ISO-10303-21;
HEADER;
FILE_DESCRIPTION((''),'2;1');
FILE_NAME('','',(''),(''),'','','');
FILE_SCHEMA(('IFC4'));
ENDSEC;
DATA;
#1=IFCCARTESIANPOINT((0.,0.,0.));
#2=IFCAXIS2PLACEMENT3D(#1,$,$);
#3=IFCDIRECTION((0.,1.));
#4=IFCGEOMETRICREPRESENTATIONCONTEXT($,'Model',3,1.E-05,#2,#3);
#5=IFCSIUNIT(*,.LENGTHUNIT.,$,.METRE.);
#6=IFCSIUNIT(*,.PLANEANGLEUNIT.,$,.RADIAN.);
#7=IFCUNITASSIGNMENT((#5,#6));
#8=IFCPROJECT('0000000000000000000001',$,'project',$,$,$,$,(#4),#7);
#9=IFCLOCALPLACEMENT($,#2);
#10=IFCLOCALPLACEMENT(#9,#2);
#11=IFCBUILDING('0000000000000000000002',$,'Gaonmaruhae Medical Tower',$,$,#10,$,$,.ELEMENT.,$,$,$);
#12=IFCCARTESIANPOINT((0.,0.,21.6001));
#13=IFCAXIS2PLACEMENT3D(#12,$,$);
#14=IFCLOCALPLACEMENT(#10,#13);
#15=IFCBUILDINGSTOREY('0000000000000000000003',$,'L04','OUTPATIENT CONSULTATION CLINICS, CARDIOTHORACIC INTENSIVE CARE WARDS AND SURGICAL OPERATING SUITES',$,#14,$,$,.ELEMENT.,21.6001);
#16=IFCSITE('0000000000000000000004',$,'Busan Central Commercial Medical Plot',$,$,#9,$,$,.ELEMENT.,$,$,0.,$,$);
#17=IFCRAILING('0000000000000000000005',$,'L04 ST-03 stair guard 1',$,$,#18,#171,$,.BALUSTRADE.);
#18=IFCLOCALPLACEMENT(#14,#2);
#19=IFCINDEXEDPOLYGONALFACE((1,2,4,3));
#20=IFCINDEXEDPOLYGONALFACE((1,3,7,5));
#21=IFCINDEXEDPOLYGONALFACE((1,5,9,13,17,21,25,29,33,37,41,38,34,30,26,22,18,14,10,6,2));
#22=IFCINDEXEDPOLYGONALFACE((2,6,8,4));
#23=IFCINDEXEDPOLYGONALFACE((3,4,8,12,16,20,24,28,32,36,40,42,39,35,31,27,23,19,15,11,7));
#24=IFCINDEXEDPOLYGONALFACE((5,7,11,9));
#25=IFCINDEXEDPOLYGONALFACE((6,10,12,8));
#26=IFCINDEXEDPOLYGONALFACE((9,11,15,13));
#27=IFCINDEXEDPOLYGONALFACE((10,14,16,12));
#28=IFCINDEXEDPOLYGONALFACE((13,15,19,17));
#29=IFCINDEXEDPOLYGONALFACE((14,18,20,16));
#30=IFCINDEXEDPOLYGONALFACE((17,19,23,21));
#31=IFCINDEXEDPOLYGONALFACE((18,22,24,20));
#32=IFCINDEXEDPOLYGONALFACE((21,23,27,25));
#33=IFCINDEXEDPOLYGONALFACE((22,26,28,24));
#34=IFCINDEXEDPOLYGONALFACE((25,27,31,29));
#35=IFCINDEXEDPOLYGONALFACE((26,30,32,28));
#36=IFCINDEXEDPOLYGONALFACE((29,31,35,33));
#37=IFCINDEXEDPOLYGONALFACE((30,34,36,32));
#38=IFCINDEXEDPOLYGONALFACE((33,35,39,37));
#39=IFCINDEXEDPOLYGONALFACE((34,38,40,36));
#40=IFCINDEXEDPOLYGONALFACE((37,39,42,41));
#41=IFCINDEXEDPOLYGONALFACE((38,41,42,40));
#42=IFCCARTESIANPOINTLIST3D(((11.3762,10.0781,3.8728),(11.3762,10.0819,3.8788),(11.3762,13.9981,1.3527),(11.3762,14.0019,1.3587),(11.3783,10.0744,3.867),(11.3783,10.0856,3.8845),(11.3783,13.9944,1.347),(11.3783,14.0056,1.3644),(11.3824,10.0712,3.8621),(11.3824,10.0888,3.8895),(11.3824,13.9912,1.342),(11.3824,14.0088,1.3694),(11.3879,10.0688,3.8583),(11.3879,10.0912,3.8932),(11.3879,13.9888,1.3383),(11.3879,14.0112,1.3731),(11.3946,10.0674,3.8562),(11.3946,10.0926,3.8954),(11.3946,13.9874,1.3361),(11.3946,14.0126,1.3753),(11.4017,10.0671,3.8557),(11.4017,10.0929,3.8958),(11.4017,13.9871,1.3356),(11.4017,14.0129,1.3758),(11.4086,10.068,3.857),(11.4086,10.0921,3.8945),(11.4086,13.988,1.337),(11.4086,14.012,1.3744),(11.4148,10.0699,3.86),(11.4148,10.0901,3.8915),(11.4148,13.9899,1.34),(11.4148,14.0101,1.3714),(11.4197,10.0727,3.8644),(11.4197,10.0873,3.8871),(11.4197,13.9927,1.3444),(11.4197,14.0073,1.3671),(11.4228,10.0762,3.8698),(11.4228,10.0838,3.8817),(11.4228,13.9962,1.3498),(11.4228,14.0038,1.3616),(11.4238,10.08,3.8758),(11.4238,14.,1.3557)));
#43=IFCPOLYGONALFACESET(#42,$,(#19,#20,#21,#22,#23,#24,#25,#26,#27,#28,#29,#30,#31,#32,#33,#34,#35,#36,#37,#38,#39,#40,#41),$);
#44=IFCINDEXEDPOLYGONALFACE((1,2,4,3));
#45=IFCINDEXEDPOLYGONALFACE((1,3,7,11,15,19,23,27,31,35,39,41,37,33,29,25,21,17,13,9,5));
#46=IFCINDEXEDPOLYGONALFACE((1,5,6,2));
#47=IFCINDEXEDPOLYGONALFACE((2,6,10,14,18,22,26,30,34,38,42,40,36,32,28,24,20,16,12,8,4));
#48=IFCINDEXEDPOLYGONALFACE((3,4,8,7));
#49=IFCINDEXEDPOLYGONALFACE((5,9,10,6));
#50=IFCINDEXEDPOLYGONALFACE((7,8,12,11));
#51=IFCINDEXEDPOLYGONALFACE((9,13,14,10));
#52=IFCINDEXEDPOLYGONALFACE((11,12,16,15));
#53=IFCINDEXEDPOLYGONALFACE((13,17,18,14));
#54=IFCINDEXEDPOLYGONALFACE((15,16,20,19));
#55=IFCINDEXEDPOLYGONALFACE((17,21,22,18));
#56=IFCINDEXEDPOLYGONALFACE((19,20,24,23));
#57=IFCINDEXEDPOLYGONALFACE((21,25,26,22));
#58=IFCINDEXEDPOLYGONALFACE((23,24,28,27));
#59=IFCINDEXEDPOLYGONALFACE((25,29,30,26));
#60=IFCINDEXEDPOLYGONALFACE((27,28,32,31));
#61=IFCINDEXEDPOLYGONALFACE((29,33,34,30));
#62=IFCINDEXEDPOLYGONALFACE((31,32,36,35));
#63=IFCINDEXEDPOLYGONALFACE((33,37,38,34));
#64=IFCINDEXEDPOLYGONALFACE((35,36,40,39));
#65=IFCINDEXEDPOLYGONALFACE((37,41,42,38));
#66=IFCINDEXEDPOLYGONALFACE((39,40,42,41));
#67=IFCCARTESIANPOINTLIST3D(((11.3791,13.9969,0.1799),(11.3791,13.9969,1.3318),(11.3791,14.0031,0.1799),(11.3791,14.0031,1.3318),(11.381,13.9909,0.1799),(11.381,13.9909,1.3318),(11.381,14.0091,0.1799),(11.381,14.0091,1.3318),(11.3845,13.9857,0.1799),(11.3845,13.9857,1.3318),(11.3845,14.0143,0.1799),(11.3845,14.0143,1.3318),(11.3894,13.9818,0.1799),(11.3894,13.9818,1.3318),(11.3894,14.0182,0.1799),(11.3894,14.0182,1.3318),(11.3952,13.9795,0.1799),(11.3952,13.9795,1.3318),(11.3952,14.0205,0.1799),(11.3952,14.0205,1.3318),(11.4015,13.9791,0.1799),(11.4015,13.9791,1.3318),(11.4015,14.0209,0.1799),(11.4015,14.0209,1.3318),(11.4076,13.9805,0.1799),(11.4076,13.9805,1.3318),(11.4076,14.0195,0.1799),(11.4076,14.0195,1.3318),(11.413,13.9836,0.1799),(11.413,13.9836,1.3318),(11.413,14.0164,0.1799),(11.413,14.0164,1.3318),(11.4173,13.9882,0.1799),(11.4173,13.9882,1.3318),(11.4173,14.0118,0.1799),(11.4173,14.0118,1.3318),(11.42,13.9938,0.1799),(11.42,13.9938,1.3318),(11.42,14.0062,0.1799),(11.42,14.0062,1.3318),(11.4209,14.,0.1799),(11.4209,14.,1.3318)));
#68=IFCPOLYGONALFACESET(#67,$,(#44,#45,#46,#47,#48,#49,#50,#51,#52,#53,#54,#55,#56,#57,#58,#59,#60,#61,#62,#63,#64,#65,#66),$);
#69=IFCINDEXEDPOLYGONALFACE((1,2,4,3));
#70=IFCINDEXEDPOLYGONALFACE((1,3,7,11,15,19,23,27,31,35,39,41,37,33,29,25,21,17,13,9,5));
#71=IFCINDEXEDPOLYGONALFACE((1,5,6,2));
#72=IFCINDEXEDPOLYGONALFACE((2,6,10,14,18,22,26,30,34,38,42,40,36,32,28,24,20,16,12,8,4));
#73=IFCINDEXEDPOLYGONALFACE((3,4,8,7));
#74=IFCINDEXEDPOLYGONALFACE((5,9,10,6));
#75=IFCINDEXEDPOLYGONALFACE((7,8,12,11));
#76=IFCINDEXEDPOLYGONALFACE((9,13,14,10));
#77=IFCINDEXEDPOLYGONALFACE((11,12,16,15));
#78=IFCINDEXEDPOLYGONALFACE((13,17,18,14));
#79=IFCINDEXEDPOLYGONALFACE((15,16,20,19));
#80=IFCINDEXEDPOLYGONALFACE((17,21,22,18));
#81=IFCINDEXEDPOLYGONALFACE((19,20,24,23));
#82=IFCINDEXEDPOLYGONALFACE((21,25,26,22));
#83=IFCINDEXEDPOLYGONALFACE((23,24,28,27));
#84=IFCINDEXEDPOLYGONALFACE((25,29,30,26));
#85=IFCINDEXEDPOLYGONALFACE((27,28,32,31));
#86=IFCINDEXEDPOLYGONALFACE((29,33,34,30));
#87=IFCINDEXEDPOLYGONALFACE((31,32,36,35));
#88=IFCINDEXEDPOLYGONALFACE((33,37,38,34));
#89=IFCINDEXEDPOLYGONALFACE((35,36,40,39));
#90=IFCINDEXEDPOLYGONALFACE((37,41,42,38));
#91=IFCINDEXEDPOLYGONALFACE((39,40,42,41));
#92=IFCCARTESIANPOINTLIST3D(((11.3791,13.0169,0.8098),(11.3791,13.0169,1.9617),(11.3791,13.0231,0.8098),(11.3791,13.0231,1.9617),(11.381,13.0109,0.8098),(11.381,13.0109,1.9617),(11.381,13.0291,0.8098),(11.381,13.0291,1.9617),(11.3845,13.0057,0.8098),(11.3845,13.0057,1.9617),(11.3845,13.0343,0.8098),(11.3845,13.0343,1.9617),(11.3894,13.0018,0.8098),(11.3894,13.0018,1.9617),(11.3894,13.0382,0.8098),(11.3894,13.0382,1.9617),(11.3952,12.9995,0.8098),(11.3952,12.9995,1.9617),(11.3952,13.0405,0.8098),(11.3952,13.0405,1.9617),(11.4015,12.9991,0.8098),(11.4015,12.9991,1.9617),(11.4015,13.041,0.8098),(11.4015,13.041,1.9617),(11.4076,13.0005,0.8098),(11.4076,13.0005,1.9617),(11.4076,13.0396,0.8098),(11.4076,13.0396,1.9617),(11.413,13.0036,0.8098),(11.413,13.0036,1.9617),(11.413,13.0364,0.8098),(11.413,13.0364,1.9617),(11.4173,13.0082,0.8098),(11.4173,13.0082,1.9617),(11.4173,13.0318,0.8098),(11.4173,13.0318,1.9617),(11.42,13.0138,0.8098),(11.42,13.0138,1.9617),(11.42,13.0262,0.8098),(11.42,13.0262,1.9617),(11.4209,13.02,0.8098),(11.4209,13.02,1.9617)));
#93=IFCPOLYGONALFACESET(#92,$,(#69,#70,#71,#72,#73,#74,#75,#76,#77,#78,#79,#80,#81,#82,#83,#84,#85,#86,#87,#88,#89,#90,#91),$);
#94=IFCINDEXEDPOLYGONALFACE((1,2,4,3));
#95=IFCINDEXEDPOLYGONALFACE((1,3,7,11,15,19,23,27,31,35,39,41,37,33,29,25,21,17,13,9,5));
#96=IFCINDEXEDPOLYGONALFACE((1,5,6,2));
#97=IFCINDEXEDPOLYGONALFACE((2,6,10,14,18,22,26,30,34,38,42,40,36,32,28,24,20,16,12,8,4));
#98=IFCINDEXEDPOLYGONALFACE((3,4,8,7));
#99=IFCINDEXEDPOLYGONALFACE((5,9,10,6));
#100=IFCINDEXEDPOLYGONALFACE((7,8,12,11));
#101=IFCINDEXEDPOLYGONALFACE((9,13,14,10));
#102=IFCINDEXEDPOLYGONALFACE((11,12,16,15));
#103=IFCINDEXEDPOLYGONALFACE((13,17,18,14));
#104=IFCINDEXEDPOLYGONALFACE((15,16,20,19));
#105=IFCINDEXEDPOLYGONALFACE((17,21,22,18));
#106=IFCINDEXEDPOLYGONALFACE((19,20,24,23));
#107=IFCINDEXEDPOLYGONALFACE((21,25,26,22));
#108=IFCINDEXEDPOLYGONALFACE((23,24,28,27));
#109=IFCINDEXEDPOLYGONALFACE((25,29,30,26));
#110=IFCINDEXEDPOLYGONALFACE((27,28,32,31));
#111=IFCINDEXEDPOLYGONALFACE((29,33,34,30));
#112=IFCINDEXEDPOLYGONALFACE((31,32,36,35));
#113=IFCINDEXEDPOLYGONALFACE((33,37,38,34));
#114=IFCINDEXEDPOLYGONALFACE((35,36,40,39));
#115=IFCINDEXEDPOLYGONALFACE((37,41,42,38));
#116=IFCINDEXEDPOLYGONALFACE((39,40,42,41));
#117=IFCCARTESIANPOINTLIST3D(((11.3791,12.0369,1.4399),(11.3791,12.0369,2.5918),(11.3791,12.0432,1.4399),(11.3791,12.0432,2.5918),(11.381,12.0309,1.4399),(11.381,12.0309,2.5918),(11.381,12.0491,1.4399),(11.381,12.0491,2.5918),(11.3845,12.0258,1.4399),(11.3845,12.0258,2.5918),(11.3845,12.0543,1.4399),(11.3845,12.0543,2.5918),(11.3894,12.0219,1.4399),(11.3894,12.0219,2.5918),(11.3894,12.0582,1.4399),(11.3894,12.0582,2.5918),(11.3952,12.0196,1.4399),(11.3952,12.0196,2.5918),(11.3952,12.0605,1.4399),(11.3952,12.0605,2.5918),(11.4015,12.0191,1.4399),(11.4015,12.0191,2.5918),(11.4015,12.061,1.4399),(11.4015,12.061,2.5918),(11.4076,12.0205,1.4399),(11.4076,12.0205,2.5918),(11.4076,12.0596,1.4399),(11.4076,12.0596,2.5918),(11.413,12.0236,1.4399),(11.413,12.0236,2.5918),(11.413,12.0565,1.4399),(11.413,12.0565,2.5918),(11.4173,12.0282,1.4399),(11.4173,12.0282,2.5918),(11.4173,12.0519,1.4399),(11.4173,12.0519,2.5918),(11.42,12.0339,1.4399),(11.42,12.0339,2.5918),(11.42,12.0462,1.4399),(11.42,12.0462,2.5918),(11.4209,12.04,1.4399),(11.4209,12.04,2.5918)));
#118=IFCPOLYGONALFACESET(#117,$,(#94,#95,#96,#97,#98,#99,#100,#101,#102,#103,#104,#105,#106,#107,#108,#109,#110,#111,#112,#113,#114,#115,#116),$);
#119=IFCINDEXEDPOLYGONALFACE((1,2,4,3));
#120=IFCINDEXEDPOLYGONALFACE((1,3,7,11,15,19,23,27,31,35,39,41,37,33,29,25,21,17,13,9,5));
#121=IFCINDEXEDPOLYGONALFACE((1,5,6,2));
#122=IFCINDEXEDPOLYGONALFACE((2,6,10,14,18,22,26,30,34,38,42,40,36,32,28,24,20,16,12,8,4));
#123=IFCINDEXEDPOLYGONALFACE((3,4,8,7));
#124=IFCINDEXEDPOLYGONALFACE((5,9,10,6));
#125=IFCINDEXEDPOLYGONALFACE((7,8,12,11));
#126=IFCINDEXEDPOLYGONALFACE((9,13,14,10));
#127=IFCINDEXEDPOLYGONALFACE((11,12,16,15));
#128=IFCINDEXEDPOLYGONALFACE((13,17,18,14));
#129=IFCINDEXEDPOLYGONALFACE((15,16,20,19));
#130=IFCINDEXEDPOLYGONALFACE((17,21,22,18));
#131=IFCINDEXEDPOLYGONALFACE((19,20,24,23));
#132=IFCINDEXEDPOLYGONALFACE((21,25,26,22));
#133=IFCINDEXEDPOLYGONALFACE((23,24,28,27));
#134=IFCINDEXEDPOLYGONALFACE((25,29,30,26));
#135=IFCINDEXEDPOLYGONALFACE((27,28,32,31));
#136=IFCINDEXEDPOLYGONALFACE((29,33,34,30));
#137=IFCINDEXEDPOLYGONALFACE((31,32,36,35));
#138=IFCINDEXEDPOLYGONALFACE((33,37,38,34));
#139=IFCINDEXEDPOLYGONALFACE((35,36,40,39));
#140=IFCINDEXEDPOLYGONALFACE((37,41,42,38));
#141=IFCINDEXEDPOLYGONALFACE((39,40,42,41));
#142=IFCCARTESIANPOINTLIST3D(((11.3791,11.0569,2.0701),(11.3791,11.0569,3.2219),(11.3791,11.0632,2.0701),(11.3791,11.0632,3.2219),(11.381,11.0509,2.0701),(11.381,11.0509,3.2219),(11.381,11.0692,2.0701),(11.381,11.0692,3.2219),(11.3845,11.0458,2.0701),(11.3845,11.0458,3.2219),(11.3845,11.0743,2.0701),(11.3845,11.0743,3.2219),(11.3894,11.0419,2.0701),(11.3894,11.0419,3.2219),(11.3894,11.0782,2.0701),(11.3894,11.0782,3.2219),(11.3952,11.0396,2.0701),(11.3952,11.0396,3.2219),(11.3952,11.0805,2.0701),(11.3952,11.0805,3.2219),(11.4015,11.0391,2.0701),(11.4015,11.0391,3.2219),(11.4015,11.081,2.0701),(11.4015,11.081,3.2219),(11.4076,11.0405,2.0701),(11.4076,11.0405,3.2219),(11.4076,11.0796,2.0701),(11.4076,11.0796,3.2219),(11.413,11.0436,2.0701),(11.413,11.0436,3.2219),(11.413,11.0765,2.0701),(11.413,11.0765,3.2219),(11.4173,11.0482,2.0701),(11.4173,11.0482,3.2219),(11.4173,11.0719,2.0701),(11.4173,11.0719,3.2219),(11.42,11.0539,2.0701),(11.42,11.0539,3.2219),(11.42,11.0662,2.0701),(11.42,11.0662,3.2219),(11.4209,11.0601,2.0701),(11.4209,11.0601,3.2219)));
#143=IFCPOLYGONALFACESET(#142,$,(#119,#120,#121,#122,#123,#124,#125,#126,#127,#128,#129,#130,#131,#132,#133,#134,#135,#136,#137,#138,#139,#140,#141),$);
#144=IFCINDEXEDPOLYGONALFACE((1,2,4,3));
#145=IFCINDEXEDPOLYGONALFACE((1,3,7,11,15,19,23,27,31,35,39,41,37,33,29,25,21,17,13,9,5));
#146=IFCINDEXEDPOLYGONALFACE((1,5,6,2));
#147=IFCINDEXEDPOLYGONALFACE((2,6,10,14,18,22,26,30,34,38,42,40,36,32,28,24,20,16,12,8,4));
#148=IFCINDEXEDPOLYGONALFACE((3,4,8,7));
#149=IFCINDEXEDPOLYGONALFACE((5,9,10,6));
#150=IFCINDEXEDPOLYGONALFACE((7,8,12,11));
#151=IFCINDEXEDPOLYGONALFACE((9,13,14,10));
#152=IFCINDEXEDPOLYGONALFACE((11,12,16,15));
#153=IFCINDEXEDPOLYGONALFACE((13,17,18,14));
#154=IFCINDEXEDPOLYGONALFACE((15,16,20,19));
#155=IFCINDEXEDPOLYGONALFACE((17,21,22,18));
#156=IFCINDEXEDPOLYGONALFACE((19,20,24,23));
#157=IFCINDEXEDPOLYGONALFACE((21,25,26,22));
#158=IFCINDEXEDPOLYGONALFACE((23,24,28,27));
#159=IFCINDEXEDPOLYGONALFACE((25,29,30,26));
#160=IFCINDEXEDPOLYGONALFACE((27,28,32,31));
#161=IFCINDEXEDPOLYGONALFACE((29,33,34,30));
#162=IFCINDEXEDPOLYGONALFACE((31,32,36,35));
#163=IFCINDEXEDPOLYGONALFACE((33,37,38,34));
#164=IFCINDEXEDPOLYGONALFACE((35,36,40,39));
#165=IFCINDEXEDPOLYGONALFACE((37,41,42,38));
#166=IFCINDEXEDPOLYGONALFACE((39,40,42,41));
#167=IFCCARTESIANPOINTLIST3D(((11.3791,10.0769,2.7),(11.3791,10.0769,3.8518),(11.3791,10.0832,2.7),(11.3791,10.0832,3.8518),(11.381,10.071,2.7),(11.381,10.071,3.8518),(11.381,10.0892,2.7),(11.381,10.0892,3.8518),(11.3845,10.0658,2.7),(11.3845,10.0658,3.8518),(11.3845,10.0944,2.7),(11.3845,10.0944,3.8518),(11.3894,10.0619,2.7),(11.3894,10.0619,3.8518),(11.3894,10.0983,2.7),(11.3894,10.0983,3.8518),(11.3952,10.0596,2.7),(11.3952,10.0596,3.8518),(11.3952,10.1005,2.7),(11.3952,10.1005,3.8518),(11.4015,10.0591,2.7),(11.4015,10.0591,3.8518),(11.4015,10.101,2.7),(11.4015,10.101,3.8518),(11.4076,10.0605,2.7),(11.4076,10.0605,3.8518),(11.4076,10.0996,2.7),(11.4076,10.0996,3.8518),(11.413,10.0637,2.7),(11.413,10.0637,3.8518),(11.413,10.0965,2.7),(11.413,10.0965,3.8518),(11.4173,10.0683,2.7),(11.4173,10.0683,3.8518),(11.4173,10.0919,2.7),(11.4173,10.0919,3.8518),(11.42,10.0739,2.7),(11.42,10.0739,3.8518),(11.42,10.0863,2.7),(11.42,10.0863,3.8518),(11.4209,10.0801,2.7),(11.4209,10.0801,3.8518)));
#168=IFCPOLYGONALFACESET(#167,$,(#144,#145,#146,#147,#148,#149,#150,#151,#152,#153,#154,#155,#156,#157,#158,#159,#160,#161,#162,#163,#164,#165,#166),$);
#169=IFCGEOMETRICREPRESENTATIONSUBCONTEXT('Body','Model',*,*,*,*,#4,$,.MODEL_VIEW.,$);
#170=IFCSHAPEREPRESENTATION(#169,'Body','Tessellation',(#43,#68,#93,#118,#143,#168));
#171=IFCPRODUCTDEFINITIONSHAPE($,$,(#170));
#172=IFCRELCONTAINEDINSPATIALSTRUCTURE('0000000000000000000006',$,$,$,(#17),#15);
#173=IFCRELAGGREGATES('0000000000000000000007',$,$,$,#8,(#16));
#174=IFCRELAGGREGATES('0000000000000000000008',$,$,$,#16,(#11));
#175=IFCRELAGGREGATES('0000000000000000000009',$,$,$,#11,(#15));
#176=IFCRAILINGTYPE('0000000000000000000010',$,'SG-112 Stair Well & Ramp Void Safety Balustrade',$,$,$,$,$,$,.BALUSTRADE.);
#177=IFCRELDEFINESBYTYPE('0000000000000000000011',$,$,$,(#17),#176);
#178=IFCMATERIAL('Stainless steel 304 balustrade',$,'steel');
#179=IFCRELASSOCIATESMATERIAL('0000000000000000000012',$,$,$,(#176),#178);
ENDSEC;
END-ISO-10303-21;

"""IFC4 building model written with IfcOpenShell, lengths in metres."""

from ifc_helpers import new_model, si_unit, direction, frame, origin, origin_2d, place, context, subcontext, project, spatial, circle, extrude, material, type_object, element, save


model = new_model("IFC4")

# Units and contexts
model_context = context("Model", 3, precision=1e-05, world=origin(), true_north=direction((0.0, 1.0)))
body_context = subcontext(model_context, "Body", "Model", "MODEL_VIEW")
ifc_project = project(units=[si_unit("LENGTHUNIT", "METRE"), si_unit("PLANEANGLEUNIT", "RADIAN")], contexts=[model_context])

# Site, building, storey
site_placement = place(None, origin())
site = spatial("IfcSite", under=ifc_project, at=site_placement, Name="Busan Central Commercial Medical Plot", CompositionType="ELEMENT", RefElevation=0.0)
building_placement = place(site_placement, origin())
building = spatial("IfcBuilding", under=site, at=building_placement, Name="Gaonmaruhae Medical Tower", CompositionType="ELEMENT")
storey_placement = place(building_placement, frame((0.0, 0.0, 21.6001)))
storey = spatial("IfcBuildingStorey", under=building, at=storey_placement, Name="L04", Description="OUTPATIENT CONSULTATION CLINICS, CARDIOTHORACIC INTENSIVE CARE WARDS AND SURGICAL OPERATING SUITES", CompositionType="ELEMENT", Elevation=21.6001)

# Railing
ifc_material_1 = material(Name="Stainless steel 304 balustrade", Category="steel")
railing_type_1 = type_object("IfcRailingType", Name="SG-112 Stair Well & Ramp Void Safety Balustrade", PredefinedType="BALUSTRADE", material=ifc_material_1)
railing_1_placement = place(storey_placement, frame((11.3999, 14.0, 0.1799)))
element("IfcRailing", 1, at=railing_1_placement, inside=storey, type_object=railing_type_1, Name="L04 ST-03 stair guard 1", PredefinedType="BALUSTRADE", context=body_context, shape_type="SweptSolid", body=[
    extrude(circle(Radius=0.0239, at=origin_2d()), frame((0.0, 0.0, 1.1758), z_axis=(0.0, -0.841172, 0.540768), x_axis=(1.0, 0.0, 0.0)), (0.0, 0.0, 1.0), 4.6602),
    extrude(circle(Radius=0.021, at=origin_2d()), origin(), (0.0, 0.0, 1.0), 1.1519),
    extrude(circle(Radius=0.021, at=origin_2d()), frame((0.0, -0.98, 0.6299)), (0.0, 0.0, 1.0), 1.1519),
    extrude(circle(Radius=0.021, at=origin_2d()), frame((0.0, -1.96, 1.26)), (0.0, 0.0, 1.0), 1.1519),
    extrude(circle(Radius=0.021, at=origin_2d()), frame((0.0, -2.9399, 1.8901)), (0.0, 0.0, 1.0), 1.1519),
    extrude(circle(Radius=0.021, at=origin_2d()), frame((0.0, -3.9199, 2.52)), (0.0, 0.0, 1.0), 1.1519),
])

save(model, "model.ifc")
